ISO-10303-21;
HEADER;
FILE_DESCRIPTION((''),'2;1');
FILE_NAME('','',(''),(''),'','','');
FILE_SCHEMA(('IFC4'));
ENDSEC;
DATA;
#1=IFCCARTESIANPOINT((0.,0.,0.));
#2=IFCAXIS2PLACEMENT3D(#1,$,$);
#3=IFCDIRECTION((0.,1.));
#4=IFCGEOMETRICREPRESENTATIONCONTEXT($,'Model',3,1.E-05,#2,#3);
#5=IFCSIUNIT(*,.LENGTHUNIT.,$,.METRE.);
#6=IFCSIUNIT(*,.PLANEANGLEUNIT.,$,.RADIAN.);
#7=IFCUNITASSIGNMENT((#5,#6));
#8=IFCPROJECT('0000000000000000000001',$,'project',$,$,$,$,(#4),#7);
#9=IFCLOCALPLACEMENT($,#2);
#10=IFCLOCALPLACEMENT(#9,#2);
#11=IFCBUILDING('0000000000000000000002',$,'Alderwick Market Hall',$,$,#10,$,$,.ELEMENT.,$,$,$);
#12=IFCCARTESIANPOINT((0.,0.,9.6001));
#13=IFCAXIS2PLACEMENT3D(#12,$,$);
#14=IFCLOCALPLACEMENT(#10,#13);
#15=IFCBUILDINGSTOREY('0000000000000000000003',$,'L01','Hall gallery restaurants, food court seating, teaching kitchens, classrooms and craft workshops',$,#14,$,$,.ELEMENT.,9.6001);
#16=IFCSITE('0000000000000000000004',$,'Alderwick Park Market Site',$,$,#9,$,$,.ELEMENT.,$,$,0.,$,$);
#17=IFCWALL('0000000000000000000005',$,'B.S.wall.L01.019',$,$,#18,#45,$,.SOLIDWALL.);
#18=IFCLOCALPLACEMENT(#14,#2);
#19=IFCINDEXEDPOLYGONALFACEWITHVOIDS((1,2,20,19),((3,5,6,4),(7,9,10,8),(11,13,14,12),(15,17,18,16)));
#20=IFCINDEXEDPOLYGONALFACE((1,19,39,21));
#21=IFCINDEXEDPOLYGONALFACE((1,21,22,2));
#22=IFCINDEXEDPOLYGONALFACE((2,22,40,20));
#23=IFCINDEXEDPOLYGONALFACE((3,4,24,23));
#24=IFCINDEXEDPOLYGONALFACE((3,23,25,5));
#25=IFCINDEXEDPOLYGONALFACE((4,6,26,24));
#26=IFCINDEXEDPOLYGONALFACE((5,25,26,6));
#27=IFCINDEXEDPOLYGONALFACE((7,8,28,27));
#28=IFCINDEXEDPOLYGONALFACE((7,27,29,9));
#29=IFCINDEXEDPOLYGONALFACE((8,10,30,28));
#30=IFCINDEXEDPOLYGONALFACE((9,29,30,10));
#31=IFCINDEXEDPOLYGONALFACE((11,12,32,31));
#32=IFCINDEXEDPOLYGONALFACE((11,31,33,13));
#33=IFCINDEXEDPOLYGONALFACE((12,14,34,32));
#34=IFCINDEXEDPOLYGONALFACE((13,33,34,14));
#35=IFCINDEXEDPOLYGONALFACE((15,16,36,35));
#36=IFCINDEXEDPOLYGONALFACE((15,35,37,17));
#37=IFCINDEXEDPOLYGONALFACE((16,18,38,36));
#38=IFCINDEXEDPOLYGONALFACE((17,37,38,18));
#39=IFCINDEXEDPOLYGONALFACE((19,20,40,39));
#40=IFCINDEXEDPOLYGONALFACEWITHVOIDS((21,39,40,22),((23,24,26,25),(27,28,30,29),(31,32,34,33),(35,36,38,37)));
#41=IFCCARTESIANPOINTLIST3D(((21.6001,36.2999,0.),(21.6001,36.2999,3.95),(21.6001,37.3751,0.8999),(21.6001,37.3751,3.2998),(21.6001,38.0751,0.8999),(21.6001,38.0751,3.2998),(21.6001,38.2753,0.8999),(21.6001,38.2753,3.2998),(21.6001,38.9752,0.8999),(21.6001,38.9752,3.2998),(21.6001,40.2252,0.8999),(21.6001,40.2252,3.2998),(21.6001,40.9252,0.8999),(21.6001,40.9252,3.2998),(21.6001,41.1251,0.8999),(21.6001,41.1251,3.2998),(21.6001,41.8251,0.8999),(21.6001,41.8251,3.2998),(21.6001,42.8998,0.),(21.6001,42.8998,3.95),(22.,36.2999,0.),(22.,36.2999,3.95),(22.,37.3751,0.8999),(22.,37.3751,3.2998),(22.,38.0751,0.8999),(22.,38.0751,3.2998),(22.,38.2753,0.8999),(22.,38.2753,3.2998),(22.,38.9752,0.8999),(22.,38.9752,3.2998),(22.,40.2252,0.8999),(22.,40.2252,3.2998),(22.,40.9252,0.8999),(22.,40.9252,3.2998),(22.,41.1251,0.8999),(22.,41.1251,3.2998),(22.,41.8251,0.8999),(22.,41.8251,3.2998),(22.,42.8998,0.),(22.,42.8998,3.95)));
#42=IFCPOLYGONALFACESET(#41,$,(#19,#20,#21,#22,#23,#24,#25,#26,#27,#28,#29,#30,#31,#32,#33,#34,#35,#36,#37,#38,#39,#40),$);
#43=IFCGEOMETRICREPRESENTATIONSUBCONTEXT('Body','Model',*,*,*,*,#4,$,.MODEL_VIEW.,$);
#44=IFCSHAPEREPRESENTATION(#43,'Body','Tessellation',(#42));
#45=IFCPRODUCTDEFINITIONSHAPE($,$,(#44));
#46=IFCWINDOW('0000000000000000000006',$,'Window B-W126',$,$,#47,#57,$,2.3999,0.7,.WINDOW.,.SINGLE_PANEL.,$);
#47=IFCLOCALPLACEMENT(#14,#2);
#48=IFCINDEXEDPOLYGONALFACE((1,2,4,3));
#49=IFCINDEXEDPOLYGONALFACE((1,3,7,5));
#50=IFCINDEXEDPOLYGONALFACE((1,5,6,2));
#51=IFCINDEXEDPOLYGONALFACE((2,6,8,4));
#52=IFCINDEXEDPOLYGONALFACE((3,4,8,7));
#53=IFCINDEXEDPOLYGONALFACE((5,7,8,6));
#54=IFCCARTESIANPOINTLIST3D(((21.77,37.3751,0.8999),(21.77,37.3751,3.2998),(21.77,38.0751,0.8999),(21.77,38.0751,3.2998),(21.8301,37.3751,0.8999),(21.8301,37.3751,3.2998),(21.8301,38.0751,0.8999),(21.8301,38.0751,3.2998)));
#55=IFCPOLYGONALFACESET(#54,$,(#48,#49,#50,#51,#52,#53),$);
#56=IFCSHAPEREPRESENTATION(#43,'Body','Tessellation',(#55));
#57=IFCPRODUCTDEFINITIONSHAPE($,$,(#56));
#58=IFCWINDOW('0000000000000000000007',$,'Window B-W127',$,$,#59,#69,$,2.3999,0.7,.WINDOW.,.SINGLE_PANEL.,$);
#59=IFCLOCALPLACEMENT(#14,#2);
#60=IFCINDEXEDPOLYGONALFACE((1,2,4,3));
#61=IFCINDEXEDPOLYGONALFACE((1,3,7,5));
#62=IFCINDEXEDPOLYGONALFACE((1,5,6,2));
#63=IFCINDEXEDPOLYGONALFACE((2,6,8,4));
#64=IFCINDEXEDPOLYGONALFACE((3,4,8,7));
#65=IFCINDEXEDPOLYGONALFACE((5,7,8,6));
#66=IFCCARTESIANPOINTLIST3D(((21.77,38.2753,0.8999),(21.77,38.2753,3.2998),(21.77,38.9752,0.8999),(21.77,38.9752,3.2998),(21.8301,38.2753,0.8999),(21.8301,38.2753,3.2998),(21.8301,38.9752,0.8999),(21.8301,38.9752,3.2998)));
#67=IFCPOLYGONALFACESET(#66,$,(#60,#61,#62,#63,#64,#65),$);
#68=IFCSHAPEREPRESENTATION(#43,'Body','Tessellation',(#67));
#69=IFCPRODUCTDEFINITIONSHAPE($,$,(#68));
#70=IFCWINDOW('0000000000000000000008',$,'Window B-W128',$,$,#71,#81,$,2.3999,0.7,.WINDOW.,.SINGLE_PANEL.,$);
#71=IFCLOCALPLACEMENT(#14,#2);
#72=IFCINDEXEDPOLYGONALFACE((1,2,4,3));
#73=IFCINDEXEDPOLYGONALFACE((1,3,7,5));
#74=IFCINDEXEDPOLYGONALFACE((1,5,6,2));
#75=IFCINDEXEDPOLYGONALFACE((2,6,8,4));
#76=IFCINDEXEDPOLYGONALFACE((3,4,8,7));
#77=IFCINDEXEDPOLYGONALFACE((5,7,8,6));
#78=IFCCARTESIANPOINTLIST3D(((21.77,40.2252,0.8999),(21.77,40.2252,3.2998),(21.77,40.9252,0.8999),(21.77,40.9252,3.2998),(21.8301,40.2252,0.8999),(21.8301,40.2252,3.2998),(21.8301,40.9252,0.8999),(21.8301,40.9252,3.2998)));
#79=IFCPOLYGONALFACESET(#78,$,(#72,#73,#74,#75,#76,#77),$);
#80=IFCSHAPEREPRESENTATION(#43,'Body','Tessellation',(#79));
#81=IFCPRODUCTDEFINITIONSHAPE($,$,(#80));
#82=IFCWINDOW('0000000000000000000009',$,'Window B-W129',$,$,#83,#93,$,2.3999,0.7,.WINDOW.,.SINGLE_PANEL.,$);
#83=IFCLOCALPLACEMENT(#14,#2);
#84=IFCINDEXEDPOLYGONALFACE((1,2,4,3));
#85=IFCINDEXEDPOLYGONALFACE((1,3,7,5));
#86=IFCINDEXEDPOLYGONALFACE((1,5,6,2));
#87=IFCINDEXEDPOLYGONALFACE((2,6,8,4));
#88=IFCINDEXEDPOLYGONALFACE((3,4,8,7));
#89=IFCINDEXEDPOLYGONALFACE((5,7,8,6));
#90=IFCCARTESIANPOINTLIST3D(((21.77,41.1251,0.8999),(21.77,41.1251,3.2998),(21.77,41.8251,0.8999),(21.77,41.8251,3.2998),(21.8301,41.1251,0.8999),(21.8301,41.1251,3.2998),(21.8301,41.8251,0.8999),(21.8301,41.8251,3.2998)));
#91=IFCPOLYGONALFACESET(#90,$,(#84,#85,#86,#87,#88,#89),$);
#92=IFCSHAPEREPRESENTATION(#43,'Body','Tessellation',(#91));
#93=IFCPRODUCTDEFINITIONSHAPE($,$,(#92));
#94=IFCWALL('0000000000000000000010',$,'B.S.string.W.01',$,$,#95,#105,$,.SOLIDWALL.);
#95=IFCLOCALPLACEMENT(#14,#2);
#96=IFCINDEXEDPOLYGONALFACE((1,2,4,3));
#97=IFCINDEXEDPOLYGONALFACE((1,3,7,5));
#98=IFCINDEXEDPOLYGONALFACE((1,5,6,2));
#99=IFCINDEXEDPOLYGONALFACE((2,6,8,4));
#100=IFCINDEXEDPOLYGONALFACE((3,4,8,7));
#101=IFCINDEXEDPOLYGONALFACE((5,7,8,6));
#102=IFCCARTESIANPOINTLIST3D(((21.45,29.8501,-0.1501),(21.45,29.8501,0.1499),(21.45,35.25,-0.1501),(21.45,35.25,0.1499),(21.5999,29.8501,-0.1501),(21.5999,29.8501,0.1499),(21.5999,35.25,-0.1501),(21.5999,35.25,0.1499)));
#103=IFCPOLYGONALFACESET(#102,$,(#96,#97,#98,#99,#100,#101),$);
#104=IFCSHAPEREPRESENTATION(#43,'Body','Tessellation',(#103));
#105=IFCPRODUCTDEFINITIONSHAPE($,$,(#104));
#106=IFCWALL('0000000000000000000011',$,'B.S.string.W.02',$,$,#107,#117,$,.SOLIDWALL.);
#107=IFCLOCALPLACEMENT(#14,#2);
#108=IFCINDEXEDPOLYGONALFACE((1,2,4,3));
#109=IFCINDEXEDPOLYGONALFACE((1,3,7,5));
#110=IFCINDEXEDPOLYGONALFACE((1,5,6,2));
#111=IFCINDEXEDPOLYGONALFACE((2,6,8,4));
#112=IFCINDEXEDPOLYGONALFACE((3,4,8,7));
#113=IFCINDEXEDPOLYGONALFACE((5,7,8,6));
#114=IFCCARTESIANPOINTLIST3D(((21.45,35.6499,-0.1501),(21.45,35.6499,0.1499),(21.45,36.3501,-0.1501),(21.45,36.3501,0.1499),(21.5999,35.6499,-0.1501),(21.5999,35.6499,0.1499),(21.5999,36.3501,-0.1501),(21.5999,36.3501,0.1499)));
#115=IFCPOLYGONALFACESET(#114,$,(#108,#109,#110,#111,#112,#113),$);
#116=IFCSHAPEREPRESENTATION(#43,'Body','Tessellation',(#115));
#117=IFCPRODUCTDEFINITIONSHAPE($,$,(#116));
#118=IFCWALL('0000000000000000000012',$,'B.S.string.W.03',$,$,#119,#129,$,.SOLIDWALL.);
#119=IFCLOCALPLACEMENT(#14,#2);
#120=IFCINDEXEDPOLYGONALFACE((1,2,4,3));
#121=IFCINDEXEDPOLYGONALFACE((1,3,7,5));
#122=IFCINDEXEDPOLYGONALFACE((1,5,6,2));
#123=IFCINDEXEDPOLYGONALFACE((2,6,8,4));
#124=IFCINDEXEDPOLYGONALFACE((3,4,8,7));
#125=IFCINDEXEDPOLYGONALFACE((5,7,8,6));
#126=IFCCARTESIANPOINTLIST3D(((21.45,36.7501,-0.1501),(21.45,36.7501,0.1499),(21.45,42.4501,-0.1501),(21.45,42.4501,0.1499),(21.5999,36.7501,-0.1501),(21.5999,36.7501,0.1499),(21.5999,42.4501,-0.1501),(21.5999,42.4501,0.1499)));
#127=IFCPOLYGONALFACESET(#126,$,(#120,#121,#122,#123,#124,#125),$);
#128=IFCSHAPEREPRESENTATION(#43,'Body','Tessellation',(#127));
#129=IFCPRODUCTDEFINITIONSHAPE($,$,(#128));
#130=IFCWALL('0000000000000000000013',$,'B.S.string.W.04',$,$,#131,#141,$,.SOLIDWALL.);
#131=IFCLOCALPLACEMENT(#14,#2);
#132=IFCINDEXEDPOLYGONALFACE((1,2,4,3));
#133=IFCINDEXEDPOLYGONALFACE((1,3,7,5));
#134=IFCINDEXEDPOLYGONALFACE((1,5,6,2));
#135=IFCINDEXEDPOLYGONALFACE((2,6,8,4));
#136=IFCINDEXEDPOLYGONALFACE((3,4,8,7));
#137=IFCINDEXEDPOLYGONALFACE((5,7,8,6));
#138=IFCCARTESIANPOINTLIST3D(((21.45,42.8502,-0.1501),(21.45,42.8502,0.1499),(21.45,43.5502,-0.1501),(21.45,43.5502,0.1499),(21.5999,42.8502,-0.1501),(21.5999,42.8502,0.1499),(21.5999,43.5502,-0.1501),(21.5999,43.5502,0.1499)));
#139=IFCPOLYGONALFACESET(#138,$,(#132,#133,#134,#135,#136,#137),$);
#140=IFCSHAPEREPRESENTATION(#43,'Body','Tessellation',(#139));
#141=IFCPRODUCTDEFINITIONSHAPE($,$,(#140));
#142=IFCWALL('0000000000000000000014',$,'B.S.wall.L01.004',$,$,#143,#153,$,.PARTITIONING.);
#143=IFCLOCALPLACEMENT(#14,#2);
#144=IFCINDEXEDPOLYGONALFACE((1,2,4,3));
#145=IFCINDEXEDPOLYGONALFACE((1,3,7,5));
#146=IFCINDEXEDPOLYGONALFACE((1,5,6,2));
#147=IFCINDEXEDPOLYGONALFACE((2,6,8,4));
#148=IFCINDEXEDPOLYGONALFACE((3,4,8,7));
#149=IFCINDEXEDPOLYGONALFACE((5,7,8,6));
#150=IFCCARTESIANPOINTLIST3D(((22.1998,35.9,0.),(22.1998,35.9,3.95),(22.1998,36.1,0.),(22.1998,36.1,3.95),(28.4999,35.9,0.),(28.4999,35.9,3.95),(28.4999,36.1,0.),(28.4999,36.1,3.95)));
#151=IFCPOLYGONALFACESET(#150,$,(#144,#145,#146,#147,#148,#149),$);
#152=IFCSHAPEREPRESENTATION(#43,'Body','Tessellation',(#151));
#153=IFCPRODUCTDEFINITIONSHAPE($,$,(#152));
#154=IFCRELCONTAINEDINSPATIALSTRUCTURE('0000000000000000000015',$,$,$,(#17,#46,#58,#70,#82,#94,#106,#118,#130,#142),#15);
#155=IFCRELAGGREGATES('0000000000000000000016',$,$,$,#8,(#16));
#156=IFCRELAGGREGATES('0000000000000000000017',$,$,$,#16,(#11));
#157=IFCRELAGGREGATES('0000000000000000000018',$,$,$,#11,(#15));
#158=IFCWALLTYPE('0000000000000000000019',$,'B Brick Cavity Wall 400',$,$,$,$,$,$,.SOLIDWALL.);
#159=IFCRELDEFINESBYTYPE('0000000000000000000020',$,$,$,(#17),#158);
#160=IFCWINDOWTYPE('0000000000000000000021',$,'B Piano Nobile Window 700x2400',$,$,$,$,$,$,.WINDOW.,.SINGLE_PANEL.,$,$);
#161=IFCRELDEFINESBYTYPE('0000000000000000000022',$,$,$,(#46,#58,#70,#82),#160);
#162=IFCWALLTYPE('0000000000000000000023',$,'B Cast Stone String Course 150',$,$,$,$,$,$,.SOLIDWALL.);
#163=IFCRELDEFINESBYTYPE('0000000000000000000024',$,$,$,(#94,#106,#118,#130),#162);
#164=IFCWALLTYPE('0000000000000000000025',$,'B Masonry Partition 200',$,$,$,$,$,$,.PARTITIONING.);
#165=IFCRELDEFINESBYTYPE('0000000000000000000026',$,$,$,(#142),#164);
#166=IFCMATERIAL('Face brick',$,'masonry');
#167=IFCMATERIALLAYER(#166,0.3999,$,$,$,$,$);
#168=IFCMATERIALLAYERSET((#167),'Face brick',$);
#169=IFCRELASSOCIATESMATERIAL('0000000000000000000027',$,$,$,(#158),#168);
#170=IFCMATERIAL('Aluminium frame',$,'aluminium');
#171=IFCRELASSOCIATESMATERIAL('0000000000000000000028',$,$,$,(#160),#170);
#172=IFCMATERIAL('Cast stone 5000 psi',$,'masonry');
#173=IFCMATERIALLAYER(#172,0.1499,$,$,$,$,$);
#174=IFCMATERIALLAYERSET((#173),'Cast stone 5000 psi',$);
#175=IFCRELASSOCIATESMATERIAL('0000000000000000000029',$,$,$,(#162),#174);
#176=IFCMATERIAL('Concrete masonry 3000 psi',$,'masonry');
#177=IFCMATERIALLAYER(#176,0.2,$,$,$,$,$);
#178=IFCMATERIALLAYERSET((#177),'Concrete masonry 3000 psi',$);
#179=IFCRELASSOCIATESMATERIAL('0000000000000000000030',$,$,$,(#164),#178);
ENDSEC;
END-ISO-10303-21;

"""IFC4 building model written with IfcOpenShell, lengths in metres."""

from ifc_helpers import new_model, si_unit, direction, frame, frame_2d, origin, place, context, subcontext, project, spatial, rectangle, extrude, material, layer, layer_set, type_object, element, fill, save


model = new_model("IFC4")

# Units and contexts
model_context = context("Model", 3, precision=1e-05, world=origin(), true_north=direction((0.0, 1.0)))
body_context = subcontext(model_context, "Body", "Model", "MODEL_VIEW")
ifc_project = project(units=[si_unit("LENGTHUNIT", "METRE"), si_unit("PLANEANGLEUNIT", "RADIAN")], contexts=[model_context])

# Site, building, storey
site_placement = place(None, origin())
site = spatial("IfcSite", under=ifc_project, at=site_placement, Name="Alderwick Park Market Site", CompositionType="ELEMENT", RefElevation=0.0)
building_placement = place(site_placement, origin())
building = spatial("IfcBuilding", under=site, at=building_placement, Name="Alderwick Market Hall", CompositionType="ELEMENT")
storey_placement = place(building_placement, frame((0.0, 0.0, 9.6001)))
storey = spatial("IfcBuildingStorey", under=building, at=storey_placement, Name="L01", Description="Hall gallery restaurants, food court seating, teaching kitchens, classrooms and craft workshops", CompositionType="ELEMENT", Elevation=9.6001)

# Wall, openings, windows
ifc_material_1 = material(Name="Face brick", Category="masonry")
ifc_layer_1 = layer(ifc_material_1, 0.3999)
ifc_layer_set_1 = layer_set([ifc_layer_1], Name="Face brick")
wall_type_1 = type_object("IfcWallType", Name="B Brick Cavity Wall 400", PredefinedType="SOLIDWALL", material=ifc_layer_set_1)
ifc_material_2 = material(Name="Aluminium frame", Category="aluminium")
window_type = type_object("IfcWindowType", Name="B Piano Nobile Window 700x2400", PartitioningType="SINGLE_PANEL", PredefinedType="WINDOW", material=ifc_material_2)
wall_1_placement = place(storey_placement, frame((21.8, 36.3, 0.0), z_axis=(0.0, 0.0, 1.0), x_axis=(0.0, 1.0, 0.0)))
wall_1 = element("IfcWall", 1, at=wall_1_placement, inside=storey, type_object=wall_type_1, Name="B.S.wall.L01.019", PredefinedType="SOLIDWALL", context=body_context, shape_type="SweptSolid", body=[
    extrude(rectangle(XDim=6.5999, YDim=0.3999, at=frame_2d((3.2998, 0.0))), origin(), (0.0, 0.0, 1.0), 3.95),
])
opening_1_placement = place(wall_1_placement, frame((1.075, 0.0, 0.8999)))
opening_1 = element("IfcOpeningElement", 2, at=opening_1_placement, cuts=wall_1, PredefinedType="OPENING", context=body_context, shape_type="SweptSolid", body=[
    extrude(rectangle(XDim=0.7, YDim=2.3999, at=frame_2d((0.3501, 1.2))), frame((0.0, 0.21, 0.0), z_axis=(0.0, -1.0, 0.0), x_axis=(1.0, 0.0, 0.0)), (0.0, 0.0, 1.0), 0.4199),
])
opening_2_placement = place(wall_1_placement, frame((1.9751, 0.0, 0.8999)))
opening_2 = element("IfcOpeningElement", 3, at=opening_2_placement, cuts=wall_1, PredefinedType="OPENING", context=body_context, shape_type="SweptSolid", body=[
    extrude(rectangle(XDim=0.7, YDim=2.3999, at=frame_2d((0.3501, 1.2))), frame((0.0, 0.21, 0.0), z_axis=(0.0, -1.0, 0.0), x_axis=(1.0, 0.0, 0.0)), (0.0, 0.0, 1.0), 0.4199),
])
opening_3_placement = place(wall_1_placement, frame((3.925, 0.0, 0.8999)))
opening_3 = element("IfcOpeningElement", 4, at=opening_3_placement, cuts=wall_1, PredefinedType="OPENING", context=body_context, shape_type="SweptSolid", body=[
    extrude(rectangle(XDim=0.7, YDim=2.3999, at=frame_2d((0.3501, 1.2))), frame((0.0, 0.21, 0.0), z_axis=(0.0, -1.0, 0.0), x_axis=(1.0, 0.0, 0.0)), (0.0, 0.0, 1.0), 0.4199),
])
opening_4_placement = place(wall_1_placement, frame((4.825, 0.0, 0.8999)))
opening_4 = element("IfcOpeningElement", 5, at=opening_4_placement, cuts=wall_1, PredefinedType="OPENING", context=body_context, shape_type="SweptSolid", body=[
    extrude(rectangle(XDim=0.7, YDim=2.3999, at=frame_2d((0.3501, 1.2))), frame((0.0, 0.21, 0.0), z_axis=(0.0, -1.0, 0.0), x_axis=(1.0, 0.0, 0.0)), (0.0, 0.0, 1.0), 0.4199),
])
window_1_placement = place(opening_1_placement, origin())
window_1 = element("IfcWindow", 6, at=window_1_placement, inside=storey, type_object=window_type, Name="Window B-W126", OverallHeight=2.3999, OverallWidth=0.7, PartitioningType="SINGLE_PANEL", PredefinedType="WINDOW", context=body_context, shape_type="SweptSolid", body=[
    extrude(rectangle(XDim=0.7, YDim=2.3999, at=frame_2d((0.3501, 1.2))), frame((0.0, 0.03, 0.0), z_axis=(0.0, -1.0, 0.0), x_axis=(1.0, 0.0, 0.0)), (0.0, 0.0, 1.0), 0.0601),
])
fill(opening_1, window_1)
window_2_placement = place(opening_2_placement, origin())
window_2 = element("IfcWindow", 7, at=window_2_placement, inside=storey, type_object=window_type, Name="Window B-W127", OverallHeight=2.3999, OverallWidth=0.7, PartitioningType="SINGLE_PANEL", PredefinedType="WINDOW", context=body_context, shape_type="SweptSolid", body=[
    extrude(rectangle(XDim=0.7, YDim=2.3999, at=frame_2d((0.3501, 1.2))), frame((0.0, 0.03, 0.0), z_axis=(0.0, -1.0, 0.0), x_axis=(1.0, 0.0, 0.0)), (0.0, 0.0, 1.0), 0.0601),
])
fill(opening_2, window_2)
window_3_placement = place(opening_3_placement, origin())
window_3 = element("IfcWindow", 8, at=window_3_placement, inside=storey, type_object=window_type, Name="Window B-W128", OverallHeight=2.3999, OverallWidth=0.7, PartitioningType="SINGLE_PANEL", PredefinedType="WINDOW", context=body_context, shape_type="SweptSolid", body=[
    extrude(rectangle(XDim=0.7, YDim=2.3999, at=frame_2d((0.3501, 1.2))), frame((0.0, 0.03, 0.0), z_axis=(0.0, -1.0, 0.0), x_axis=(1.0, 0.0, 0.0)), (0.0, 0.0, 1.0), 0.0601),
])
fill(opening_3, window_3)
window_4_placement = place(opening_4_placement, origin())
window_4 = element("IfcWindow", 9, at=window_4_placement, inside=storey, type_object=window_type, Name="Window B-W129", OverallHeight=2.3999, OverallWidth=0.7, PartitioningType="SINGLE_PANEL", PredefinedType="WINDOW", context=body_context, shape_type="SweptSolid", body=[
    extrude(rectangle(XDim=0.7, YDim=2.3999, at=frame_2d((0.3501, 1.2))), frame((0.0, 0.03, 0.0), z_axis=(0.0, -1.0, 0.0), x_axis=(1.0, 0.0, 0.0)), (0.0, 0.0, 1.0), 0.0601),
])
fill(opening_4, window_4)

# Walls
ifc_material_3 = material(Name="Cast stone 5000 psi", Category="masonry")
ifc_layer_2 = layer(ifc_material_3, 0.1499)
ifc_layer_set_2 = layer_set([ifc_layer_2], Name="Cast stone 5000 psi")
wall_type_2 = type_object("IfcWallType", Name="B Cast Stone String Course 150", PredefinedType="SOLIDWALL", material=ifc_layer_set_2)
wall_2_placement = place(storey_placement, frame((21.5249, 29.8501, -0.1501), z_axis=(0.0, 0.0, 1.0), x_axis=(0.0, 1.0, 0.0)))
element("IfcWall", 10, at=wall_2_placement, inside=storey, type_object=wall_type_2, Name="B.S.string.W.01", PredefinedType="SOLIDWALL", context=body_context, shape_type="SweptSolid", body=[
    extrude(rectangle(XDim=5.3999, YDim=0.1499, at=frame_2d((2.7, 0.0))), origin(), (0.0, 0.0, 1.0), 0.3),
])
wall_3_placement = place(storey_placement, frame((21.5249, 35.6499, -0.1501), z_axis=(0.0, 0.0, 1.0), x_axis=(0.0, 1.0, 0.0)))
element("IfcWall", 11, at=wall_3_placement, inside=storey, type_object=wall_type_2, Name="B.S.string.W.02", PredefinedType="SOLIDWALL", context=body_context, shape_type="SweptSolid", body=[
    extrude(rectangle(XDim=0.7002, YDim=0.1499, at=frame_2d((0.3501, 0.0))), origin(), (0.0, 0.0, 1.0), 0.3),
])
wall_4_placement = place(storey_placement, frame((21.5249, 36.75, -0.1501), z_axis=(0.0, 0.0, 1.0), x_axis=(0.0, 1.0, 0.0)))
element("IfcWall", 12, at=wall_4_placement, inside=storey, type_object=wall_type_2, Name="B.S.string.W.03", PredefinedType="SOLIDWALL", context=body_context, shape_type="SweptSolid", body=[
    extrude(rectangle(XDim=5.7, YDim=0.1499, at=frame_2d((2.8501, 0.0))), origin(), (0.0, 0.0, 1.0), 0.3),
])
wall_5_placement = place(storey_placement, frame((21.5249, 42.8501, -0.1501), z_axis=(0.0, 0.0, 1.0), x_axis=(0.0, 1.0, 0.0)))
element("IfcWall", 13, at=wall_5_placement, inside=storey, type_object=wall_type_2, Name="B.S.string.W.04", PredefinedType="SOLIDWALL", context=body_context, shape_type="SweptSolid", body=[
    extrude(rectangle(XDim=0.7, YDim=0.1499, at=frame_2d((0.3501, 0.0))), origin(), (0.0, 0.0, 1.0), 0.3),
])
ifc_material_4 = material(Name="Concrete masonry 3000 psi", Category="masonry")
ifc_layer_3 = layer(ifc_material_4, 0.2)
ifc_layer_set_3 = layer_set([ifc_layer_3], Name="Concrete masonry 3000 psi")
wall_type_3 = type_object("IfcWallType", Name="B Masonry Partition 200", PredefinedType="PARTITIONING", material=ifc_layer_set_3)
wall_6_placement = place(storey_placement, frame((22.2, 36.0, 0.0), z_axis=(0.0, 0.0, 1.0), x_axis=(1.0, 0.0, 0.0)))
element("IfcWall", 14, at=wall_6_placement, inside=storey, type_object=wall_type_3, Name="B.S.wall.L01.004", PredefinedType="PARTITIONING", context=body_context, shape_type="SweptSolid", body=[
    extrude(rectangle(XDim=6.3, YDim=0.2, at=frame_2d((3.1499, 0.0))), origin(), (0.0, 0.0, 1.0), 3.95),
])

save(model, "model.ifc")
